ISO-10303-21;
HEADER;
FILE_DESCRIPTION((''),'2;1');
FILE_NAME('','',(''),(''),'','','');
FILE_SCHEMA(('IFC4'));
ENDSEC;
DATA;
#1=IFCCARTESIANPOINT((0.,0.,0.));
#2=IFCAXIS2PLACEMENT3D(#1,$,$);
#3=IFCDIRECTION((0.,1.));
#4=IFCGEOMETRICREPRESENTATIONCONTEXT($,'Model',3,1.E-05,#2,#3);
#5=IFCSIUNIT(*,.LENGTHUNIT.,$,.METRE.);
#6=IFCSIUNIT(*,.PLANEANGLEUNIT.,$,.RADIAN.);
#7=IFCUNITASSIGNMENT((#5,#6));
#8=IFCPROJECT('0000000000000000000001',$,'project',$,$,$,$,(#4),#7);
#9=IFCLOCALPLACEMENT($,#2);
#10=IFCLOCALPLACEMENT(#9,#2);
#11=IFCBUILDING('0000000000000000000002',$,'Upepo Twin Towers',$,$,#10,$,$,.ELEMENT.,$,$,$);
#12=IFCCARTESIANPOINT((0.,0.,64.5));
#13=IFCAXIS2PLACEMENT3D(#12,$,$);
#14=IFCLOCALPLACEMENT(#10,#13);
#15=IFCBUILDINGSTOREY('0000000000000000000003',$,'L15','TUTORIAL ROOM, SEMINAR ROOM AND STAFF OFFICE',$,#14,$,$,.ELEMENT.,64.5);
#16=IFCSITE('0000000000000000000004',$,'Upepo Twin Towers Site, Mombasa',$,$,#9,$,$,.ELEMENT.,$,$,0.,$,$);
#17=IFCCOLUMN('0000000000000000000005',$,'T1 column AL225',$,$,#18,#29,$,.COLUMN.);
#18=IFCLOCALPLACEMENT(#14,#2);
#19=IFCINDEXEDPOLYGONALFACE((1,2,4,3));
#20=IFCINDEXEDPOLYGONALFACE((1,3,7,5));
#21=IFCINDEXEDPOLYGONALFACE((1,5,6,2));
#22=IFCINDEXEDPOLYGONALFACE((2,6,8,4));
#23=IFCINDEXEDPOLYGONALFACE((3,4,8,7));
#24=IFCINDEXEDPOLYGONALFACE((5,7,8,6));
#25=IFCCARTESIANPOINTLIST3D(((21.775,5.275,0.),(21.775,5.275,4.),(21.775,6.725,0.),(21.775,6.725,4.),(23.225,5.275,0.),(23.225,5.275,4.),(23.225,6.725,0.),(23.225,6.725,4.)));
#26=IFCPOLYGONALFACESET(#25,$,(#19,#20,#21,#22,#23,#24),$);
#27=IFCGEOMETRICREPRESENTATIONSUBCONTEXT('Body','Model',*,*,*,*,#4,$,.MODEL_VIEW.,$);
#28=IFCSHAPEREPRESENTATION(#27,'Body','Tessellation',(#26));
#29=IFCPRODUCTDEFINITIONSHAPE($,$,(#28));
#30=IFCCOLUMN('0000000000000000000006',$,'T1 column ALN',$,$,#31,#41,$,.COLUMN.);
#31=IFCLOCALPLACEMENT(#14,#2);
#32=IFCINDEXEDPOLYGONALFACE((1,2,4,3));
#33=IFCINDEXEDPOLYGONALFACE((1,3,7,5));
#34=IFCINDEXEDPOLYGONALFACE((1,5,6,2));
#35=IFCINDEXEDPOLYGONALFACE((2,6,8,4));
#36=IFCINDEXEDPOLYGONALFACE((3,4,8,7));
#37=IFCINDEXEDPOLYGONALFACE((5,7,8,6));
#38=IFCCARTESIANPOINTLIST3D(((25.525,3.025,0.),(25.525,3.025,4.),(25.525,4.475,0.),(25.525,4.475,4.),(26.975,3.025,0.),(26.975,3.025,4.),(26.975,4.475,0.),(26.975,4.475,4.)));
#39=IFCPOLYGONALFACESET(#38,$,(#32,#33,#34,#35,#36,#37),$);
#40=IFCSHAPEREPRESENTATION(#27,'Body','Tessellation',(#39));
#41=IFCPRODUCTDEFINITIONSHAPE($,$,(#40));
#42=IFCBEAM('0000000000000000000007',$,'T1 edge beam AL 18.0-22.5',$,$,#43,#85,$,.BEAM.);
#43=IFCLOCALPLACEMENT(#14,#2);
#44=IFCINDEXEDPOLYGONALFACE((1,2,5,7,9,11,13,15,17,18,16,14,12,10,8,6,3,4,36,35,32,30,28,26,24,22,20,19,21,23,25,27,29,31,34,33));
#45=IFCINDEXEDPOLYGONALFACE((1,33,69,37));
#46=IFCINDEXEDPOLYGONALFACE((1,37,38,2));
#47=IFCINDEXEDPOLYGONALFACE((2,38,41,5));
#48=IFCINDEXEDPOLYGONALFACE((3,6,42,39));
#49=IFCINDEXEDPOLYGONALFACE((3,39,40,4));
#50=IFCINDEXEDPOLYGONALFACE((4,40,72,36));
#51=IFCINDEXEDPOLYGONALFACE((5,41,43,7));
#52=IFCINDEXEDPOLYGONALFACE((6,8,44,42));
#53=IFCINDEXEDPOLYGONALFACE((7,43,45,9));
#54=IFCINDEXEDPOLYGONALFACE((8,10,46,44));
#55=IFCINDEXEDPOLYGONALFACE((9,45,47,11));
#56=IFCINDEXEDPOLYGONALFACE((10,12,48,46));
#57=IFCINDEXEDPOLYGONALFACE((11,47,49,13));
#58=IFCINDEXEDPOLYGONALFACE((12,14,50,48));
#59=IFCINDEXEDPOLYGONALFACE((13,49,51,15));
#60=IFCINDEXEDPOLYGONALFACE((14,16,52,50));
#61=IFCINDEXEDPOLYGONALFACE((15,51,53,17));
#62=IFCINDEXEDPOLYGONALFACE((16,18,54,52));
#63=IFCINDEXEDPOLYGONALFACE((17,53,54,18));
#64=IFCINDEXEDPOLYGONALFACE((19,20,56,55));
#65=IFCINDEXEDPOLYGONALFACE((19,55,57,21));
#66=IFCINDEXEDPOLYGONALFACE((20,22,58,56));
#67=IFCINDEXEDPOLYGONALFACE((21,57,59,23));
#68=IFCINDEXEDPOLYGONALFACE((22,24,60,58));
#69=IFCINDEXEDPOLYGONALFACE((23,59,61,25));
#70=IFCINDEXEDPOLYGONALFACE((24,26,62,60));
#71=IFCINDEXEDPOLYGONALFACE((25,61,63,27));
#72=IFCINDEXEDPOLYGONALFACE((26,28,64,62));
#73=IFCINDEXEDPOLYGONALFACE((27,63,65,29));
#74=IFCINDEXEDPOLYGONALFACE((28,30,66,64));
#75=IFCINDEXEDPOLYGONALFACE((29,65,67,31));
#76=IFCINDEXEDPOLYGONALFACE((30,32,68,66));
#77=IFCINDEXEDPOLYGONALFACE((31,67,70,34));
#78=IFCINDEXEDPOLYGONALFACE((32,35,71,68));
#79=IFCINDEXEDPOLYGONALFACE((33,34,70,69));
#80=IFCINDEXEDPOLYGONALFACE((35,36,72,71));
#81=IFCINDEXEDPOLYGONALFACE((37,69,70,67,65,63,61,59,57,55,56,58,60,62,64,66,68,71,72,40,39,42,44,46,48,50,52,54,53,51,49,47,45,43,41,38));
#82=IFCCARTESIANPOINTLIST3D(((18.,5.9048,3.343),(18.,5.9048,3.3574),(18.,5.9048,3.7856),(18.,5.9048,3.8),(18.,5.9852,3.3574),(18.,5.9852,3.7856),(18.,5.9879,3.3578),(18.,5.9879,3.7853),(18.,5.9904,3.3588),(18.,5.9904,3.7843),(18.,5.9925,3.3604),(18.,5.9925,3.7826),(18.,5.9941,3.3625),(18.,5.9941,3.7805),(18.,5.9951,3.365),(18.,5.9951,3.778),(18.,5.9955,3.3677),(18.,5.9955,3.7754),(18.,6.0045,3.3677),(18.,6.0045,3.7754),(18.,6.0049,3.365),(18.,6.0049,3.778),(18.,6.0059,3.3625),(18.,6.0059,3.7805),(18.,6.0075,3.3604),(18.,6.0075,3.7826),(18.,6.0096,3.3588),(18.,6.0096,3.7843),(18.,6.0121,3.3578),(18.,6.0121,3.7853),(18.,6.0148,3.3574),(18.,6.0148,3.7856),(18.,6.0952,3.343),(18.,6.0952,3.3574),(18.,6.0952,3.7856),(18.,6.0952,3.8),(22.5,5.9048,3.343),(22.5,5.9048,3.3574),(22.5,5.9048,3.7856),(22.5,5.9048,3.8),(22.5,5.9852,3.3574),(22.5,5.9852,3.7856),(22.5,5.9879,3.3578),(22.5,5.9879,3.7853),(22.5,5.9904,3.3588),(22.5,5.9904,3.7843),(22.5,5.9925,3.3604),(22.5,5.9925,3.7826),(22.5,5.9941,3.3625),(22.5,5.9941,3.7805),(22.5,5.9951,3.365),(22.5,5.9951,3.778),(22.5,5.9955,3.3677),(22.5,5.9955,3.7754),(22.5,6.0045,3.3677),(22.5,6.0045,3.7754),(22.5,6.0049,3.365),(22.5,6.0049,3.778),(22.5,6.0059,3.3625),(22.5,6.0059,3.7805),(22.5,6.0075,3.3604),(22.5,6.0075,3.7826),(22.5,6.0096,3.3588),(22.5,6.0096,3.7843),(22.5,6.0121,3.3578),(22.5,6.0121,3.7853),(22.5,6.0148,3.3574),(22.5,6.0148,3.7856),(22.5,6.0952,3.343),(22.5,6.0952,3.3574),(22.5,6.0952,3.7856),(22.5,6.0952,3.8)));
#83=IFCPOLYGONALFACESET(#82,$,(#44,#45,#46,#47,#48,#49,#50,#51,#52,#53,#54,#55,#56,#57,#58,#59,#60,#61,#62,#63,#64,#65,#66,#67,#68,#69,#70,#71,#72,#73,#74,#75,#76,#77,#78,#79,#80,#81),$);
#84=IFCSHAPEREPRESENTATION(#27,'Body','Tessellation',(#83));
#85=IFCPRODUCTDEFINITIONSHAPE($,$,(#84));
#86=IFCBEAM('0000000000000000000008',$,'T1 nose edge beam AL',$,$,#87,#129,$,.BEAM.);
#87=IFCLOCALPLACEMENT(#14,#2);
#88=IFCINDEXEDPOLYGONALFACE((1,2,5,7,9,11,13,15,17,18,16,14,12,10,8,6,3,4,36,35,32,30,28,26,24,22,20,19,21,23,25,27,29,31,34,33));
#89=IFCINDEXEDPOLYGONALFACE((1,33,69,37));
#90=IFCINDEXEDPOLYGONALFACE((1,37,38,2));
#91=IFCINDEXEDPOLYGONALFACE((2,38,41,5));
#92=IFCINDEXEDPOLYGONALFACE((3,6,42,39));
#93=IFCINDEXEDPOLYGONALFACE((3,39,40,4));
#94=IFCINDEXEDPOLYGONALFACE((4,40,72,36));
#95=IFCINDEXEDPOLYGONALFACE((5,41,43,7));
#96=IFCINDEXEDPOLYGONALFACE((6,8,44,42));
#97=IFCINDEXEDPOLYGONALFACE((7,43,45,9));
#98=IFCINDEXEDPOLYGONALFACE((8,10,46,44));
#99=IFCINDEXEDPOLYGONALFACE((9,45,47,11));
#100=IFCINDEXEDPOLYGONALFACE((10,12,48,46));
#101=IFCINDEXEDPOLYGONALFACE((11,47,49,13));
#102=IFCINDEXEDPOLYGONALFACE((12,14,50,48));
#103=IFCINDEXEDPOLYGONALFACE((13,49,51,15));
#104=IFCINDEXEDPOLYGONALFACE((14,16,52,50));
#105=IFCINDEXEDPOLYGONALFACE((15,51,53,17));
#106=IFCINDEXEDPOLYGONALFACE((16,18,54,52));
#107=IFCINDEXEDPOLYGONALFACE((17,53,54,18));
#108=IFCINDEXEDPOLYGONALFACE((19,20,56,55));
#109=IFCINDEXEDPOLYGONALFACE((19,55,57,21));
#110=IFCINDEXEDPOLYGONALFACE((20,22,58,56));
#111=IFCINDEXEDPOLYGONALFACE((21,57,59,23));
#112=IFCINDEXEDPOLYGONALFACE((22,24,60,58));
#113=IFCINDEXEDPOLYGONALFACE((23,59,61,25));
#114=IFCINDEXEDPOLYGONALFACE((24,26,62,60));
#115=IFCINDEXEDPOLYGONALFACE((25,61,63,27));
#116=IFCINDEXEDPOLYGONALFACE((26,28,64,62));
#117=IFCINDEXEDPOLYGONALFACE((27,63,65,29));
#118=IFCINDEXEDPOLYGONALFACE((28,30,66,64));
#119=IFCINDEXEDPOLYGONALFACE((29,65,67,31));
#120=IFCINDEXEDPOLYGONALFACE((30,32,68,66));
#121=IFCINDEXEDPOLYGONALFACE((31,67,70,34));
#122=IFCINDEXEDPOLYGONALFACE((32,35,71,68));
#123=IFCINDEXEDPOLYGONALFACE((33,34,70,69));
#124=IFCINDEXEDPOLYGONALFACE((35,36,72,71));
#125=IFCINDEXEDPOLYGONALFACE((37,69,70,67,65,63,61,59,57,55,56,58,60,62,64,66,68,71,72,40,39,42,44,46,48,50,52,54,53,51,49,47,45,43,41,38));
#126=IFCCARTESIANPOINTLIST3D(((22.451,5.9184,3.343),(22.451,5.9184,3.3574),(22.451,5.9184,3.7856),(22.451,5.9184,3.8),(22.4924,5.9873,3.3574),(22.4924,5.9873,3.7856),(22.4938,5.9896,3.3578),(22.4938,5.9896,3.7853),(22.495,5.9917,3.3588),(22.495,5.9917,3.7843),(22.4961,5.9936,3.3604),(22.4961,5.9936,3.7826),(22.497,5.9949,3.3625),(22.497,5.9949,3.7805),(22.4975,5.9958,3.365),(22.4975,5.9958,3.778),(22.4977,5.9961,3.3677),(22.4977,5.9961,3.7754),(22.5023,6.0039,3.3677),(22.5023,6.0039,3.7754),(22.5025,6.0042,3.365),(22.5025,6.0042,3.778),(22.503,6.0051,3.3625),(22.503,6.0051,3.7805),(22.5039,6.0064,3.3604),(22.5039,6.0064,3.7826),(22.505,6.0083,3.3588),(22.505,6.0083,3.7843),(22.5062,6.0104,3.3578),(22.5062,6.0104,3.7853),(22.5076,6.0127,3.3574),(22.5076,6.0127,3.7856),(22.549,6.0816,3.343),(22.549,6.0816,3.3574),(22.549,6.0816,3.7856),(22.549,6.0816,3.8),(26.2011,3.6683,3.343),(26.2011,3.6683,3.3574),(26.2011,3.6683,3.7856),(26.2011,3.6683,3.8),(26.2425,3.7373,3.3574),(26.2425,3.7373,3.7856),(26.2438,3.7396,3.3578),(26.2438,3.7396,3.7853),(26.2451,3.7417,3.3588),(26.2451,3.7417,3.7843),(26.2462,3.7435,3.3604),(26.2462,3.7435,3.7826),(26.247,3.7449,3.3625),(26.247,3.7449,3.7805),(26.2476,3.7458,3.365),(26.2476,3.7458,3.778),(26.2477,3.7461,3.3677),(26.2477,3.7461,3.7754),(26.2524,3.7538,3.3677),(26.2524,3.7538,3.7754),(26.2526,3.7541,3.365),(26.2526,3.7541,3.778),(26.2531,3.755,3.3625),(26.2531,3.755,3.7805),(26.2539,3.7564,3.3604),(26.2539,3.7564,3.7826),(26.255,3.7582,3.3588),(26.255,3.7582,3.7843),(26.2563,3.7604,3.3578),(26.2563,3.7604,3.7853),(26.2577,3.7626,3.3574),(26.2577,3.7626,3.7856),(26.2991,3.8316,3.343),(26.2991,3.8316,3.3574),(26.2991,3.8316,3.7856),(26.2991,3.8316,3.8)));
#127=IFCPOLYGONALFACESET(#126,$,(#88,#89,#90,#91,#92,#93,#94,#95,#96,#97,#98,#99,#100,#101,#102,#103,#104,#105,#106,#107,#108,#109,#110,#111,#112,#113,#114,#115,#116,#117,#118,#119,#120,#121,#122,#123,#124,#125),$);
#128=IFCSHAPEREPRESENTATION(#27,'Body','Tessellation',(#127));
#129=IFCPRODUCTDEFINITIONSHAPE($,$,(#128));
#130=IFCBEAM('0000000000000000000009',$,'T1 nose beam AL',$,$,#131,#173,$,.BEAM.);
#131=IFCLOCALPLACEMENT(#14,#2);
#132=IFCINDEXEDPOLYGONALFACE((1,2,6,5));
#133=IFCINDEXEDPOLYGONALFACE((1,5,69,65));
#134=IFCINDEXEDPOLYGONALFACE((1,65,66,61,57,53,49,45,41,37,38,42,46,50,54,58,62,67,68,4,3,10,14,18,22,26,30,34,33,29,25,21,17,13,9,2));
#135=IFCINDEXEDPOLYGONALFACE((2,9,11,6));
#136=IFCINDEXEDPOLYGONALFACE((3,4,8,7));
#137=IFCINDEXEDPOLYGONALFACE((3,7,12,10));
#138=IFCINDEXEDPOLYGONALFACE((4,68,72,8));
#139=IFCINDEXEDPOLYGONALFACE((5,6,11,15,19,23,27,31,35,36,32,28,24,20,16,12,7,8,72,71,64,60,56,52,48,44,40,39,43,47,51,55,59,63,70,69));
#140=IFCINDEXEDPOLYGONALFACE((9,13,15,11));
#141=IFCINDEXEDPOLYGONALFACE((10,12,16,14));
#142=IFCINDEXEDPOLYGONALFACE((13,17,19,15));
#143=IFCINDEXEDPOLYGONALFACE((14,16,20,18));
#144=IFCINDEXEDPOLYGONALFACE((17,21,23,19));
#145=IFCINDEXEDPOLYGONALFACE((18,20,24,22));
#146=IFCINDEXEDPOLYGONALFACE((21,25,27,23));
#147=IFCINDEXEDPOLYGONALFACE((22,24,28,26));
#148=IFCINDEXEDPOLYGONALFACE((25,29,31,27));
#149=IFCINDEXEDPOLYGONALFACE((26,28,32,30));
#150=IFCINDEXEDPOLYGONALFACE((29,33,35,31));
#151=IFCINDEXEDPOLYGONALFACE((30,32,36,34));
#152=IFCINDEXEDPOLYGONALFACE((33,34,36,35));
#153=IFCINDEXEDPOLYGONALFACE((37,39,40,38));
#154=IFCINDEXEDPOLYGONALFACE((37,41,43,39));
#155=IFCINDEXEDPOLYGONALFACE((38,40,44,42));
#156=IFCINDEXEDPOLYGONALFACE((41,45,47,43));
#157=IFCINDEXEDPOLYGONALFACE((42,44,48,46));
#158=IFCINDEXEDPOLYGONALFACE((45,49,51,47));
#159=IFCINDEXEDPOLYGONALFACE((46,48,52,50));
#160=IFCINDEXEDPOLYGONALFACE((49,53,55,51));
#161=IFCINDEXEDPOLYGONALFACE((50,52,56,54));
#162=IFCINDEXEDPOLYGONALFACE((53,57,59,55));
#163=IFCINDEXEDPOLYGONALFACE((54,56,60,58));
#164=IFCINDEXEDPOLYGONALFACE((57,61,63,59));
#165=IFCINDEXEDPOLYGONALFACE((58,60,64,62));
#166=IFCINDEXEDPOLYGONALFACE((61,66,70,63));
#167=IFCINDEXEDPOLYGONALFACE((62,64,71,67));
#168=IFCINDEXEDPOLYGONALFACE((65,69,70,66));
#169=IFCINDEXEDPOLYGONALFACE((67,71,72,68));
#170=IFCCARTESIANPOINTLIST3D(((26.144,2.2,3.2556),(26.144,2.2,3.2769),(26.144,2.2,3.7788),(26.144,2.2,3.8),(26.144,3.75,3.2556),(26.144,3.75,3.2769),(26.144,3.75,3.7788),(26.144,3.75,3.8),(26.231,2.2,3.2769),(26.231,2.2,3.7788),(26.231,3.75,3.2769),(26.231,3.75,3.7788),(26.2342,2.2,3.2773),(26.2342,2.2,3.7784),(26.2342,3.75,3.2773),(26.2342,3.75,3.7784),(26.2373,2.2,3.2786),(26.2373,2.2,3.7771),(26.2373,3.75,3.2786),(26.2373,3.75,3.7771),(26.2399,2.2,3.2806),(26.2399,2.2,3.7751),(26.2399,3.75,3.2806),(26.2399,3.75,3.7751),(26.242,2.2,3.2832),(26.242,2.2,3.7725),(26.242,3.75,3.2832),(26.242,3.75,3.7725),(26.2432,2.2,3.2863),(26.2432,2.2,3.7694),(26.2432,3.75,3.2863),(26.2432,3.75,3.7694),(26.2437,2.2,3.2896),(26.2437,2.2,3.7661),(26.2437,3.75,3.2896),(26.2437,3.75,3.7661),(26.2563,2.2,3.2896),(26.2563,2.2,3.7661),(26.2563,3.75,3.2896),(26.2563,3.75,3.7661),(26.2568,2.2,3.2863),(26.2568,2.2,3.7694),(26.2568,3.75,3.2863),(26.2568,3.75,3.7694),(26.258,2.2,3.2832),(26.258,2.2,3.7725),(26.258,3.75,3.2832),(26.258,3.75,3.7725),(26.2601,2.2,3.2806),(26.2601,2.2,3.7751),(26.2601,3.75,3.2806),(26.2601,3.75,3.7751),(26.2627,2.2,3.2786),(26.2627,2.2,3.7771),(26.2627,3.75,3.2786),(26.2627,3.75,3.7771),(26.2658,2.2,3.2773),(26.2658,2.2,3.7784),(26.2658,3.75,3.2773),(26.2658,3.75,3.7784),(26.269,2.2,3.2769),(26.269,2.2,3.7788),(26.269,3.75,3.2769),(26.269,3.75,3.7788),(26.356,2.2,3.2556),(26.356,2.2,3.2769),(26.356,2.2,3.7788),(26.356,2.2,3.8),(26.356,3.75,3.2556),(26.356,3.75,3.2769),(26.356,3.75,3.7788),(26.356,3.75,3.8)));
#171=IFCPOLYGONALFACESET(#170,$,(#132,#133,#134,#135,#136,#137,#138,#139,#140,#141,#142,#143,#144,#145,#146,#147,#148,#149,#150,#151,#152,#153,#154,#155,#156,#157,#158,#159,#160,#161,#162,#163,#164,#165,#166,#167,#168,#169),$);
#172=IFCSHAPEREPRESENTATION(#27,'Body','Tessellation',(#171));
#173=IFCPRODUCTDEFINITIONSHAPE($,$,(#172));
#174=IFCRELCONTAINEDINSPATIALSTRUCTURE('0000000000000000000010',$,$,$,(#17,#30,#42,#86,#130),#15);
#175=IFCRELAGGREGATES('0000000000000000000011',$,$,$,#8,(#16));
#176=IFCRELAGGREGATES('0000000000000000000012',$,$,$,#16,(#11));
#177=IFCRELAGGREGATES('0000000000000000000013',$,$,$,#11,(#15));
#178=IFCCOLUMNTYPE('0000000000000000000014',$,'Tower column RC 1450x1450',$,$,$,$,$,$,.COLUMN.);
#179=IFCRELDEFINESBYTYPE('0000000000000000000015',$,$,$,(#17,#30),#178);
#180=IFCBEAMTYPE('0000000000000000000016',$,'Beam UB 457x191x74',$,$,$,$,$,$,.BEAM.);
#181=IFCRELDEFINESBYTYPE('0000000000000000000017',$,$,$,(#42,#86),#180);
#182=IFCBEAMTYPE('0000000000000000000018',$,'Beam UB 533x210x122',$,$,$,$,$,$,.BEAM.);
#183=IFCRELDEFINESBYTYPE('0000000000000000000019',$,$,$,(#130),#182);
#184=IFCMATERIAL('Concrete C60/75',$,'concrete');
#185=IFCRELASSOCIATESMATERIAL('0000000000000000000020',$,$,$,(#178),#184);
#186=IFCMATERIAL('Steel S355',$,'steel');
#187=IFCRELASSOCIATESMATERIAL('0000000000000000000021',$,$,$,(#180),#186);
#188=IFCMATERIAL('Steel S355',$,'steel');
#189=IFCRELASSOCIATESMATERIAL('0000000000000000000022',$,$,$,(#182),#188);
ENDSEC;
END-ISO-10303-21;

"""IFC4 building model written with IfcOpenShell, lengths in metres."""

from ifc_helpers import new_model, si_unit, direction, frame, origin, origin_2d, place, context, subcontext, project, spatial, rectangle, i_section, extrude, material, material_profile, profile_set, type_object, element, save


model = new_model("IFC4")

# Units and contexts
model_context = context("Model", 3, precision=1e-05, world=origin(), true_north=direction((0.0, 1.0)))
body_context = subcontext(model_context, "Body", "Model", "MODEL_VIEW")
ifc_project = project(units=[si_unit("LENGTHUNIT", "METRE"), si_unit("PLANEANGLEUNIT", "RADIAN")], contexts=[model_context])

# Site, building, storey
site_placement = place(None, origin())
site = spatial("IfcSite", under=ifc_project, at=site_placement, Name="Upepo Twin Towers Site, Mombasa", CompositionType="ELEMENT", RefElevation=0.0)
building_placement = place(site_placement, origin())
building = spatial("IfcBuilding", under=site, at=building_placement, Name="Upepo Twin Towers", CompositionType="ELEMENT")
storey_placement = place(building_placement, frame((0.0, 0.0, 64.5)))
storey = spatial("IfcBuildingStorey", under=building, at=storey_placement, Name="L15", Description="TUTORIAL ROOM, SEMINAR ROOM AND STAFF OFFICE", CompositionType="ELEMENT", Elevation=64.5)

# Columns
ifc_material_1 = material(Name="Concrete C60/75", Category="concrete")
ifc_material_profile_1 = material_profile(ifc_material_1, rectangle(XDim=1.45, YDim=1.45, at=origin_2d()), Name="RC 1450x1450")
ifc_profile_set_1 = profile_set([ifc_material_profile_1], Name="Concrete C60/75")
column_type = type_object("IfcColumnType", Name="Tower column RC 1450x1450", PredefinedType="COLUMN", material=ifc_profile_set_1)
for number, where, z_axis, x_axis, name in (
    (1, (22.5, 6.0, 0.0), (0.0, 0.0, 1.0), (1.0, 0.0, 0.0), "T1 column AL225"),
    (2, (26.25, 3.75, 0.0), (0.0, 0.0, 1.0), (1.0, 0.0, 0.0), "T1 column ALN"),
):
    element("IfcColumn", number, at=place(storey_placement, frame(where, z_axis=z_axis, x_axis=x_axis)), inside=storey, type_object=column_type, Name=name, PredefinedType="COLUMN", context=body_context, shape_type="SweptSolid", body=[
        extrude(rectangle(XDim=1.45, YDim=1.45, at=origin_2d()), origin(), (0.0, 0.0, 1.0), 4.0),
    ])

# Beams
ifc_material_2 = material(Name="Steel S355", Category="steel")
ifc_material_profile_2 = material_profile(ifc_material_2, i_section(OverallWidth=0.1904, OverallDepth=0.457, WebThickness=0.009, FlangeThickness=0.0144, FilletRadius=0.0103, at=origin_2d()), Name="UB 457x191x74")
ifc_profile_set_2 = profile_set([ifc_material_profile_2], Name="Steel S355")
beam_type_1 = type_object("IfcBeamType", Name="Beam UB 457x191x74", PredefinedType="BEAM", material=ifc_profile_set_2)
beam_1_placement = place(storey_placement, frame((18.0, 6.0, 3.5715), z_axis=(1.0, 0.0, 0.0), x_axis=(0.0, 1.0, 0.0)))
element("IfcBeam", 3, at=beam_1_placement, inside=storey, type_object=beam_type_1, Name="T1 edge beam AL 18.0-22.5", PredefinedType="BEAM", context=body_context, shape_type="SweptSolid", body=[
    extrude(i_section(OverallWidth=0.1904, OverallDepth=0.457, WebThickness=0.009, FlangeThickness=0.0144, FilletRadius=0.0103, at=origin_2d()), origin(), (0.0, 0.0, 1.0), 4.5),
])
beam_2_placement = place(storey_placement, frame((22.5, 6.0, 3.5715), z_axis=(0.857493, -0.514496, 0.0), x_axis=(0.514496, 0.857493, 0.0)))
element("IfcBeam", 4, at=beam_2_placement, inside=storey, type_object=beam_type_1, Name="T1 nose edge beam AL", PredefinedType="BEAM", context=body_context, shape_type="SweptSolid", body=[
    extrude(i_section(OverallWidth=0.1904, OverallDepth=0.457, WebThickness=0.009, FlangeThickness=0.0144, FilletRadius=0.0103, at=origin_2d()), origin(), (0.0, 0.0, 1.0), 4.3733),
])
ifc_material_3 = material(Name="Steel S355", Category="steel")
ifc_material_profile_3 = material_profile(ifc_material_3, i_section(OverallWidth=0.2119, OverallDepth=0.5444, WebThickness=0.0127, FlangeThickness=0.0212, FilletRadius=0.0127, at=origin_2d()), Name="UB 533x210x122")
ifc_profile_set_3 = profile_set([ifc_material_profile_3], Name="Steel S355")
beam_type_2 = type_object("IfcBeamType", Name="Beam UB 533x210x122", PredefinedType="BEAM", material=ifc_profile_set_3)
beam_3_placement = place(storey_placement, frame((26.25, 3.75, 3.5278), z_axis=(0.0, -1.0, 0.0), x_axis=(1.0, 0.0, 0.0)))
element("IfcBeam", 5, at=beam_3_placement, inside=storey, type_object=beam_type_2, Name="T1 nose beam AL", PredefinedType="BEAM", context=body_context, shape_type="SweptSolid", body=[
    extrude(i_section(OverallWidth=0.2119, OverallDepth=0.5444, WebThickness=0.0127, FlangeThickness=0.0212, FilletRadius=0.0127, at=origin_2d()), origin(), (0.0, 0.0, 1.0), 1.55),
])

save(model, "model.ifc")
